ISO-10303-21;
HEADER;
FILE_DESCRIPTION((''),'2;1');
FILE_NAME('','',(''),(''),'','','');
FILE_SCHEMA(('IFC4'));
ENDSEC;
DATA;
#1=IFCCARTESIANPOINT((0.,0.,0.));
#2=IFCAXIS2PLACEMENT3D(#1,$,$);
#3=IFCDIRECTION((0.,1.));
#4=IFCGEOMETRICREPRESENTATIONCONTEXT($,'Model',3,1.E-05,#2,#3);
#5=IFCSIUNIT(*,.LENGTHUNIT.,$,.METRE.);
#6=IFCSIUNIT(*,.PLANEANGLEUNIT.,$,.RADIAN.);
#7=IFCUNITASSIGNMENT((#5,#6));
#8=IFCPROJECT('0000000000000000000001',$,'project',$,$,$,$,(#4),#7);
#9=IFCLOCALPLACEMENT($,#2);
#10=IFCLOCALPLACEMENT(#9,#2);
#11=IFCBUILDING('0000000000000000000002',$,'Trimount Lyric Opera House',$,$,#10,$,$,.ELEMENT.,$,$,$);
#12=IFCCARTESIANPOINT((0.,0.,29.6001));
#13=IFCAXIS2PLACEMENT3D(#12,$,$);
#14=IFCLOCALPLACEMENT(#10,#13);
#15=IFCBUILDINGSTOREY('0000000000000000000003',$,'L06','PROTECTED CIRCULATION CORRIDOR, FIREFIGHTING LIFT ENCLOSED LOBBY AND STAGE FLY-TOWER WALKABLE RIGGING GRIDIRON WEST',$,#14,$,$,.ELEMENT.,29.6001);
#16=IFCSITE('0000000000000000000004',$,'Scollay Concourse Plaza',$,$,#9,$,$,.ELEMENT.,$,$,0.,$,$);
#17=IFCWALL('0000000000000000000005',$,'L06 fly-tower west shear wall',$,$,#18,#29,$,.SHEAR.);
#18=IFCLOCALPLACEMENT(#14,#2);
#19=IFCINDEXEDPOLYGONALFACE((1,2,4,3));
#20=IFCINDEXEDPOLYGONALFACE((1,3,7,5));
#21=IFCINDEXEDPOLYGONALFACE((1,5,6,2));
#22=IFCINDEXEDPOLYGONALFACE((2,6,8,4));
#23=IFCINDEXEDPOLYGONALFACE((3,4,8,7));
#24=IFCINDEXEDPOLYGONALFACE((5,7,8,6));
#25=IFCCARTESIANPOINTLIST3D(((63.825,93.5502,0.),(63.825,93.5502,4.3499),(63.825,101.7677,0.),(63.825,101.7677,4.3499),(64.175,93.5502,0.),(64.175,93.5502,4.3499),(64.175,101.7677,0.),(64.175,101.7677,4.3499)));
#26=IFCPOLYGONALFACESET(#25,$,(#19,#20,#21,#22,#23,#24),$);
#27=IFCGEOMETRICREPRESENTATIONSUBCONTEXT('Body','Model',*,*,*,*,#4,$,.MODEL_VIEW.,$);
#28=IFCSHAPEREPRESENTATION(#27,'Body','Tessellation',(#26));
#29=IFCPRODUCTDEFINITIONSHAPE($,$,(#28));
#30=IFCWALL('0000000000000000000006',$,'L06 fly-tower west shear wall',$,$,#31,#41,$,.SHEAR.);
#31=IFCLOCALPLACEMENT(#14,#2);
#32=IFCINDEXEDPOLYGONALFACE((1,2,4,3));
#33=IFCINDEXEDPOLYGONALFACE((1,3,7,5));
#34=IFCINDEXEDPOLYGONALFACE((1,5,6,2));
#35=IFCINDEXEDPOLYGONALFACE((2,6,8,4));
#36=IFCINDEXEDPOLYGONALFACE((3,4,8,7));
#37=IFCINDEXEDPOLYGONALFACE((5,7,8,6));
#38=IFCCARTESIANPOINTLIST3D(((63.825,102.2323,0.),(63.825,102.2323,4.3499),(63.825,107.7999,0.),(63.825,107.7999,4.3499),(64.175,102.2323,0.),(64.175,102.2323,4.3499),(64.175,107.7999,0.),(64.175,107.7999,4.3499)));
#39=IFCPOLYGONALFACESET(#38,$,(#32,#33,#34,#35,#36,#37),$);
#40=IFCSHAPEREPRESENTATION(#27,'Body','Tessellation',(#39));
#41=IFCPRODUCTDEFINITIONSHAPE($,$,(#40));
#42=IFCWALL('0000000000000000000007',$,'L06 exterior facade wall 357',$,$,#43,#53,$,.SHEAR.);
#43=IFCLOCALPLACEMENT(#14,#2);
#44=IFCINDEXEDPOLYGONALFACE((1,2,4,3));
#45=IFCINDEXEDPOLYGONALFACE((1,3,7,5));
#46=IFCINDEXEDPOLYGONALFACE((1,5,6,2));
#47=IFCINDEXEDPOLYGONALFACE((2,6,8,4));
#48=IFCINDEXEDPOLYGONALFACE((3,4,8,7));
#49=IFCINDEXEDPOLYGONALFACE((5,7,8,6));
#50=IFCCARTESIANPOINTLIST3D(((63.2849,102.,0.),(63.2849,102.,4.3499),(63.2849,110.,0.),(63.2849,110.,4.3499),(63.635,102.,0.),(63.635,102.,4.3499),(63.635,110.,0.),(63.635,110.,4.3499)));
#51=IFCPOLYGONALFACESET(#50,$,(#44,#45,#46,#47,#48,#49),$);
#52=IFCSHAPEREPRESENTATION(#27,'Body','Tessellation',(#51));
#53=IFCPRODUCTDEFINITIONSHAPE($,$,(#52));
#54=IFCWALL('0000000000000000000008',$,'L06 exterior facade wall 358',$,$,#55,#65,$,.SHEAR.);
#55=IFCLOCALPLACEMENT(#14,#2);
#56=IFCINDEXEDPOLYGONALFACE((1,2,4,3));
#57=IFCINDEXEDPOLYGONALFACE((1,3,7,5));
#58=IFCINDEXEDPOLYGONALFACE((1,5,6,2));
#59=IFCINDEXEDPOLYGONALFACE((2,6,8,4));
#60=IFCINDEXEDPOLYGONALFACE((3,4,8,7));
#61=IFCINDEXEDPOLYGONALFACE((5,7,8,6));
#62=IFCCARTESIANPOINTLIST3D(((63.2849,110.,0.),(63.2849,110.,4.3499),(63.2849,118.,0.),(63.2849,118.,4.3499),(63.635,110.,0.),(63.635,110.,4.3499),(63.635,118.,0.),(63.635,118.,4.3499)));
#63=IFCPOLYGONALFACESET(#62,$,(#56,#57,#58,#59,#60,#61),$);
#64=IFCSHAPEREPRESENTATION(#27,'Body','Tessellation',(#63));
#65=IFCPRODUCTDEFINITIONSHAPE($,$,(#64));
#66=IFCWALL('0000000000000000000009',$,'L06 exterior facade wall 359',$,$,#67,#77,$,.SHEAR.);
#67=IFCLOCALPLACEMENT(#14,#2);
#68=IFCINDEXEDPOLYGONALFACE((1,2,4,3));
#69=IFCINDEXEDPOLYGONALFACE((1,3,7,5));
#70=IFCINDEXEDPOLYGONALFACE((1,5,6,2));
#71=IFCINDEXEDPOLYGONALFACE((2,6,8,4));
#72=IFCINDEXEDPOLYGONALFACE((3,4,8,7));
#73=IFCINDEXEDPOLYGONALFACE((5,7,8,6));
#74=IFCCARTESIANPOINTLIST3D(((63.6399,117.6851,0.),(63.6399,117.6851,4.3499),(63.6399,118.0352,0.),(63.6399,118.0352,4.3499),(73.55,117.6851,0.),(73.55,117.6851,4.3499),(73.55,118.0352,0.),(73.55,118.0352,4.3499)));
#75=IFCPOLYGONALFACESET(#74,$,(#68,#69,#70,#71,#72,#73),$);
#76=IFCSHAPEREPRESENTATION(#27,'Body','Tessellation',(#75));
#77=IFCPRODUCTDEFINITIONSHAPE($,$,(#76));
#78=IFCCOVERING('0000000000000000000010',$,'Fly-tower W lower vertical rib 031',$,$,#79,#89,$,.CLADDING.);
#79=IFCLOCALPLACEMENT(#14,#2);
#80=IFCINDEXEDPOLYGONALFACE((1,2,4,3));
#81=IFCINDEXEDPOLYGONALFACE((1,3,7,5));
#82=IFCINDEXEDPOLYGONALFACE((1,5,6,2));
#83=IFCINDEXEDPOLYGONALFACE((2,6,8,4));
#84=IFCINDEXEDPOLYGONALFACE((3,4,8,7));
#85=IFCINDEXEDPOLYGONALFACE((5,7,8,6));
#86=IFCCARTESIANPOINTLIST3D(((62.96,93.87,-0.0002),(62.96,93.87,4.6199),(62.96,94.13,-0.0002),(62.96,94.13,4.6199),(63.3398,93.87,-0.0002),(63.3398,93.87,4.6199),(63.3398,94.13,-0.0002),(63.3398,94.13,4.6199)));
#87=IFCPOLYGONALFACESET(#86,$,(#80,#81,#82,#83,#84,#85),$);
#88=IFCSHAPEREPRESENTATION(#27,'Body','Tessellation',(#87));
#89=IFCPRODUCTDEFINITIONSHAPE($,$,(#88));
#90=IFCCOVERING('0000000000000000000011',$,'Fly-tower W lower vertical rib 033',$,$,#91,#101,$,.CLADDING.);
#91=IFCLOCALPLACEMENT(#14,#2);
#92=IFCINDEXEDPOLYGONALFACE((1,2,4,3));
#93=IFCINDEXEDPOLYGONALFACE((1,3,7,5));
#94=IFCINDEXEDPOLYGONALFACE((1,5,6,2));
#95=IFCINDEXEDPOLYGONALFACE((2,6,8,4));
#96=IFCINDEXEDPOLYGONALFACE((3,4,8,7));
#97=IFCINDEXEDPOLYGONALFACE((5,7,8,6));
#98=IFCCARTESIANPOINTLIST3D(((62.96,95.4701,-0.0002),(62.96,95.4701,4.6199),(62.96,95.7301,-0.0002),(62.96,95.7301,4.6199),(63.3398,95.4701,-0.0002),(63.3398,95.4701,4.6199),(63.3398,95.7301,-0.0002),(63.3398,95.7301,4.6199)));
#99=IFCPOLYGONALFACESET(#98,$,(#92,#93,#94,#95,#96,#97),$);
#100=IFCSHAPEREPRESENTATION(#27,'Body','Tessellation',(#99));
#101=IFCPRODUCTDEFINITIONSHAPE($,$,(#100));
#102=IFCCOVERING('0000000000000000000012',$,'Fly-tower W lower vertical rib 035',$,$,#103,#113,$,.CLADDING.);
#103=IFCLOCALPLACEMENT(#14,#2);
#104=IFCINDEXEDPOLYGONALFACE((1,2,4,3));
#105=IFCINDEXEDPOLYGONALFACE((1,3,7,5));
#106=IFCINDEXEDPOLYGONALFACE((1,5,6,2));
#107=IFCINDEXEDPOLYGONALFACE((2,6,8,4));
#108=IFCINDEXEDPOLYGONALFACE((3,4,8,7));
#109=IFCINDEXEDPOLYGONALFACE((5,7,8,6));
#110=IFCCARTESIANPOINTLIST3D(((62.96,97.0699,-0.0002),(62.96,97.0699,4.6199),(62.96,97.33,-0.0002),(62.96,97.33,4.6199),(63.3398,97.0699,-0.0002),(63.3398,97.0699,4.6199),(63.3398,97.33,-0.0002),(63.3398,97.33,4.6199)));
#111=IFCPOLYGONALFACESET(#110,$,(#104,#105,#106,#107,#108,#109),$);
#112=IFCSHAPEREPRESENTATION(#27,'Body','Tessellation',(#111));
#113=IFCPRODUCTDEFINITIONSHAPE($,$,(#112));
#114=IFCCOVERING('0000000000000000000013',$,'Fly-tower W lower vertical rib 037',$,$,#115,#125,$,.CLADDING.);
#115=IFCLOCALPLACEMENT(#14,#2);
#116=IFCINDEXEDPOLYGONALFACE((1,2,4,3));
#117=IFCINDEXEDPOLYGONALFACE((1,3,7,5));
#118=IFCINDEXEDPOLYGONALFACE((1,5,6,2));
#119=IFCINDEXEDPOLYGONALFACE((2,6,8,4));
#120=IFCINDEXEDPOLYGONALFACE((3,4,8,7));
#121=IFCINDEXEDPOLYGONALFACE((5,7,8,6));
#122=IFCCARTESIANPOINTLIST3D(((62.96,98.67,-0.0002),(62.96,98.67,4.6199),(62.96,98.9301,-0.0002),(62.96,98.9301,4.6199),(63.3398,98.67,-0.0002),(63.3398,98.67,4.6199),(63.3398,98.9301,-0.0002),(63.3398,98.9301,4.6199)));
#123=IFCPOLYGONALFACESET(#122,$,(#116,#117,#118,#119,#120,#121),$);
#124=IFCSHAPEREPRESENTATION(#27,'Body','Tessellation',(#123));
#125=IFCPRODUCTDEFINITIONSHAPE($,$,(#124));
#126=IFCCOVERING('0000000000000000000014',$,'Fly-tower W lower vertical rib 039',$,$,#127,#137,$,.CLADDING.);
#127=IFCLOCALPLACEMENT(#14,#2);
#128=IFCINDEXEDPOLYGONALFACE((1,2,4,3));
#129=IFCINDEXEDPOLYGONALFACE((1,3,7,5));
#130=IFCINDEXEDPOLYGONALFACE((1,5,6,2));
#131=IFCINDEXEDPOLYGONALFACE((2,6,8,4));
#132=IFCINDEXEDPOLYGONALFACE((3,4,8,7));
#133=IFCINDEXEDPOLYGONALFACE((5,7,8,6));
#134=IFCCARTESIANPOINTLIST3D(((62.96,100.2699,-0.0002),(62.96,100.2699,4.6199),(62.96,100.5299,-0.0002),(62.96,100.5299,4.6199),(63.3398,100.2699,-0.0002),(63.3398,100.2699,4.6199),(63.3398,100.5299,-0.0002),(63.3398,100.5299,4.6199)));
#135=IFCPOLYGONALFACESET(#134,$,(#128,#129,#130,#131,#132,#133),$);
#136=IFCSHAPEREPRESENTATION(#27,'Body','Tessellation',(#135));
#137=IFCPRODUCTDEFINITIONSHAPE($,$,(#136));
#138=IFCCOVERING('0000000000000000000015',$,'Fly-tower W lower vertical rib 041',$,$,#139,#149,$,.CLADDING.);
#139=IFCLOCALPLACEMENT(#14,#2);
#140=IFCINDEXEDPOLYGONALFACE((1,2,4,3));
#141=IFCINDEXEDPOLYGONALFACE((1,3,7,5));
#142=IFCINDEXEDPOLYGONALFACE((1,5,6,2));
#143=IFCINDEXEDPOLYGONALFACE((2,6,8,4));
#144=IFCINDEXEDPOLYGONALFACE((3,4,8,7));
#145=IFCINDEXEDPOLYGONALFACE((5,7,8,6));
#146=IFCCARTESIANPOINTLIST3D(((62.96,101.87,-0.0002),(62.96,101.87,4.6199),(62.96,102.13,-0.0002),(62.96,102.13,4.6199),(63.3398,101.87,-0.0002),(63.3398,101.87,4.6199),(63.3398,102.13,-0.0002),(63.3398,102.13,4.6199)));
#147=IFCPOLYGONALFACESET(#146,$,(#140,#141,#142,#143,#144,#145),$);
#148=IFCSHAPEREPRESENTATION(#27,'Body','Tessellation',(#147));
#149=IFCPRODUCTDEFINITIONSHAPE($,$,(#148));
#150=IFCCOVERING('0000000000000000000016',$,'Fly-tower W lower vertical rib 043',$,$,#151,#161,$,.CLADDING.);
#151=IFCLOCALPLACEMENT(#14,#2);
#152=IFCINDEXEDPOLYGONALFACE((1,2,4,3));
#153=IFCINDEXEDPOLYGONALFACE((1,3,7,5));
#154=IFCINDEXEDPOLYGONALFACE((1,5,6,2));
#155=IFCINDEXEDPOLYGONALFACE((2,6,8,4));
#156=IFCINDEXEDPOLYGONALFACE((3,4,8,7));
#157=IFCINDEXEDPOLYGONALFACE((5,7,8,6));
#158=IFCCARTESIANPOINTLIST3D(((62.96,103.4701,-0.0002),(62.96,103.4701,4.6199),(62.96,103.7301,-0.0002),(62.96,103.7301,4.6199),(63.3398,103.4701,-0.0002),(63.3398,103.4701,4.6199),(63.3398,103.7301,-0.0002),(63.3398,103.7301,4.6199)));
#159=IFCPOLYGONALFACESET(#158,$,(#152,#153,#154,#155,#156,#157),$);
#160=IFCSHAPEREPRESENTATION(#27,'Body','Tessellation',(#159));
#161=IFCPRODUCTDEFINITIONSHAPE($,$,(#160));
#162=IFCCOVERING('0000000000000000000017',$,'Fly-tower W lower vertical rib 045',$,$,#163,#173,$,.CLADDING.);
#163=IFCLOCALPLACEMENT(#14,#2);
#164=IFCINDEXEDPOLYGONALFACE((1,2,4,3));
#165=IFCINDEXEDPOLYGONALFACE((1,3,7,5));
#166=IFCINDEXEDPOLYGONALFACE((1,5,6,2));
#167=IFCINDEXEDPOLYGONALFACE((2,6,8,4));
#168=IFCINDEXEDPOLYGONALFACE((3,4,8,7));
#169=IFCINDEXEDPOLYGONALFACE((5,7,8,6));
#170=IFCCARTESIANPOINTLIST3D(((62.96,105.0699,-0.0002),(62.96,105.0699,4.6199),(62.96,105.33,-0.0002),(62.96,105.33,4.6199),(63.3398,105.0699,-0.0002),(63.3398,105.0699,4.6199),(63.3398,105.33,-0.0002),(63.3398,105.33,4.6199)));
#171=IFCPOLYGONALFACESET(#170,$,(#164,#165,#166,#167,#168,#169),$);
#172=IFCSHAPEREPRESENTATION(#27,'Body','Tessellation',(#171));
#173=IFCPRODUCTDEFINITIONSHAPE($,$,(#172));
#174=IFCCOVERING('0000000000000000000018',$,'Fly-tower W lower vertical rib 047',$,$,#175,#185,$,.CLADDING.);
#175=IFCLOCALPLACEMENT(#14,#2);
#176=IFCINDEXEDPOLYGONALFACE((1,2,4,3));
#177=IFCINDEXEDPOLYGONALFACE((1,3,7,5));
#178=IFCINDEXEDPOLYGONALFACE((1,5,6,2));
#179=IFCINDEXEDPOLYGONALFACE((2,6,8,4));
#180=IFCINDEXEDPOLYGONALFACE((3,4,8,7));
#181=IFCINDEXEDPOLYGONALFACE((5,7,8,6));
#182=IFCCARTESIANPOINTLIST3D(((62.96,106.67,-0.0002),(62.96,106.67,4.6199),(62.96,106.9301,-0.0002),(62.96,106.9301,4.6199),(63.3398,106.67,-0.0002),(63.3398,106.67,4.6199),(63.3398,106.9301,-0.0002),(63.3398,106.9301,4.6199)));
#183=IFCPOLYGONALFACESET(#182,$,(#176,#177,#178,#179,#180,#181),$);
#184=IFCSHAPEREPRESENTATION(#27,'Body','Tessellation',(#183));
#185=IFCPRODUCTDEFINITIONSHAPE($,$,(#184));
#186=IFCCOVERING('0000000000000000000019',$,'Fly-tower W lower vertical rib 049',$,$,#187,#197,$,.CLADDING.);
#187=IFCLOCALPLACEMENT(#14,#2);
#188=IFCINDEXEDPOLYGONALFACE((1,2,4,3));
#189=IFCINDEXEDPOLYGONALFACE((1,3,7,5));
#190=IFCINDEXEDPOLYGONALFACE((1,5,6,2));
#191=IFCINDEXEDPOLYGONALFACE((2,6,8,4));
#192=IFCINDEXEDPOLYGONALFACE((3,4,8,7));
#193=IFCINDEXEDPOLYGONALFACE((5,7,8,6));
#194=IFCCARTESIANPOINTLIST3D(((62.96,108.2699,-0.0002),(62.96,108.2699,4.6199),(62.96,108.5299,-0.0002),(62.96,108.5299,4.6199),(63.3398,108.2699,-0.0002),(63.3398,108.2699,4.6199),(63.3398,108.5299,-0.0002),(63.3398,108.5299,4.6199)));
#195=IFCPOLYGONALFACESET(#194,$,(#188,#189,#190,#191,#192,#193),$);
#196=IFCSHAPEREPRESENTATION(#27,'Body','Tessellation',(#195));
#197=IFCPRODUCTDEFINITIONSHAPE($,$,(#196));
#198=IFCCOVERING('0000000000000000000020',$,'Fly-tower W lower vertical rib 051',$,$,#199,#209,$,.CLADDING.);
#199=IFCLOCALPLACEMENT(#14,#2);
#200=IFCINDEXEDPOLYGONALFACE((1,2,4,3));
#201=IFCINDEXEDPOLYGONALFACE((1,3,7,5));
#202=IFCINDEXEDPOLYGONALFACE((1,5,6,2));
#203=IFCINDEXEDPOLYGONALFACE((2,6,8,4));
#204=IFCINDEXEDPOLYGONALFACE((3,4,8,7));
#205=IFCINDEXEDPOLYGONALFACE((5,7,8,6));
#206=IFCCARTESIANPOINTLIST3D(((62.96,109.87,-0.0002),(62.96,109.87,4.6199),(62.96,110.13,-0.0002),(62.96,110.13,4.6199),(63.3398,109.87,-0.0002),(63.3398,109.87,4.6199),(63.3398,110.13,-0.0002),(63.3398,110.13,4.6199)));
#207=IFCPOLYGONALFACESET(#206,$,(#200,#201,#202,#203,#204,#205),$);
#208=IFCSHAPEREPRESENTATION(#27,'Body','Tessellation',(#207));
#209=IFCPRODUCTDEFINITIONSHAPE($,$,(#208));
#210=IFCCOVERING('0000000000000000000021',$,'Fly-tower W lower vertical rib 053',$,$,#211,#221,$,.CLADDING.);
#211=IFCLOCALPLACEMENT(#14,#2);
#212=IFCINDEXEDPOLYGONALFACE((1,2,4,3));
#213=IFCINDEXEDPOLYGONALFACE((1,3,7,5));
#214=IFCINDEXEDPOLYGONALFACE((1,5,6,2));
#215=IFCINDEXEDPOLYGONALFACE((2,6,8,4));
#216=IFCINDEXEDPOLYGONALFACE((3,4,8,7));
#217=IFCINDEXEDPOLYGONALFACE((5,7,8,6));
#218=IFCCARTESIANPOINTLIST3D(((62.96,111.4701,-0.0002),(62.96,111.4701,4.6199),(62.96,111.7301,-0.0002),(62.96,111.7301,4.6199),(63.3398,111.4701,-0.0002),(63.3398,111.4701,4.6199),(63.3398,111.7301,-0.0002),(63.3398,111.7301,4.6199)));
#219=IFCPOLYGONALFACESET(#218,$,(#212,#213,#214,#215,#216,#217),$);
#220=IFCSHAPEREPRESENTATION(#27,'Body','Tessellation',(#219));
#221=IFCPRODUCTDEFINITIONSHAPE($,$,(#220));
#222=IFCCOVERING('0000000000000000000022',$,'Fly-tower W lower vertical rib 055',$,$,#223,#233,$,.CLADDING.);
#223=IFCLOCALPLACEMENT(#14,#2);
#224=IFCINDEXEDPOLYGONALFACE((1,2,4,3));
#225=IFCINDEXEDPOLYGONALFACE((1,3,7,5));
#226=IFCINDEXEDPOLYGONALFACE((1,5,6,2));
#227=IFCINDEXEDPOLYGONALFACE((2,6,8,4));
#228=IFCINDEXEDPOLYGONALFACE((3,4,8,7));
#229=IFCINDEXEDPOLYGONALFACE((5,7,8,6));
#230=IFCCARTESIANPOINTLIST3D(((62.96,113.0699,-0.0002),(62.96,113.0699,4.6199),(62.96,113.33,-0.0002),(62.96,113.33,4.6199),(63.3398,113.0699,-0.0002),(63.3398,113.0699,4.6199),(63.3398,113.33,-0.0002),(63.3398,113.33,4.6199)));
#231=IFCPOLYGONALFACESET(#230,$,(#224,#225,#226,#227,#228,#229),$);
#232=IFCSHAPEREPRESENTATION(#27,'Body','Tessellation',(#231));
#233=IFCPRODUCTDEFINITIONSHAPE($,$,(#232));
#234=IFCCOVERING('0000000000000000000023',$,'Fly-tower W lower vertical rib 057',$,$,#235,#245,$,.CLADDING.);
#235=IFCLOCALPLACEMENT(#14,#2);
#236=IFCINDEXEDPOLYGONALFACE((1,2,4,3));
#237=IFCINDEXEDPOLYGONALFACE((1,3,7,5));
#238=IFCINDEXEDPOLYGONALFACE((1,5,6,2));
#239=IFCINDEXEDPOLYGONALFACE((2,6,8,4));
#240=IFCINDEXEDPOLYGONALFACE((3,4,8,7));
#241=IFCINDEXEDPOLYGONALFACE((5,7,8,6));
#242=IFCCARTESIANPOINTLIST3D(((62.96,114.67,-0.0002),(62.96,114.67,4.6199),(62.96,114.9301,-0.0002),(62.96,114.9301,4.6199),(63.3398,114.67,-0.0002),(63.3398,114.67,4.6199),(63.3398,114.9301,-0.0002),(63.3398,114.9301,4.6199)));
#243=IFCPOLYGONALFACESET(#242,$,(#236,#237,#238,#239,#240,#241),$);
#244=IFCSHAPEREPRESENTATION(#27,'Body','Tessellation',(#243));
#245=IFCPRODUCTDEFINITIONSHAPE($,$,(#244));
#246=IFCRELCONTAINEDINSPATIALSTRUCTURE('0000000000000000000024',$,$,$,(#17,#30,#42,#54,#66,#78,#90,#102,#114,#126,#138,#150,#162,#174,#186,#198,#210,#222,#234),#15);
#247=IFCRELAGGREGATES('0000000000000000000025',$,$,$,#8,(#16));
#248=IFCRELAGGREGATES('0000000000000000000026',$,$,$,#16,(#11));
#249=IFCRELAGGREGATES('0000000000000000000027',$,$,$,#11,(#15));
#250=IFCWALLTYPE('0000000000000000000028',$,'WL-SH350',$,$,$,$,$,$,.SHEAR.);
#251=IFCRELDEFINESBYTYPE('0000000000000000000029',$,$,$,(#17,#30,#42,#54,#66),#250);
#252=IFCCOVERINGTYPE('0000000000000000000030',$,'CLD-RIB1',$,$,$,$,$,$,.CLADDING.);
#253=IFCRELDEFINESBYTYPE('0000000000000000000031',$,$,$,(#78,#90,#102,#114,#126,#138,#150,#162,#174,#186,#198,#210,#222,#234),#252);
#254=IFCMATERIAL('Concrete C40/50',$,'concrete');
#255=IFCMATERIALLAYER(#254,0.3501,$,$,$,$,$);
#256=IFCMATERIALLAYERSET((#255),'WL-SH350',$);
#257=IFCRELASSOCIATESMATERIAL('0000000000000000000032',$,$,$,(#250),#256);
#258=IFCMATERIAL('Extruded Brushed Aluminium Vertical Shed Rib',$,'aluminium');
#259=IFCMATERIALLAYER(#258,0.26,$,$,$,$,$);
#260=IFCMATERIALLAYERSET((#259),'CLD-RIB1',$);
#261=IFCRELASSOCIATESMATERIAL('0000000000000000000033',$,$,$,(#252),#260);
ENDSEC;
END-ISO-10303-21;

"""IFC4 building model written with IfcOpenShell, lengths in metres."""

from ifc_helpers import new_model, si_unit, direction, frame, frame_2d, origin, origin_2d, place, context, subcontext, project, spatial, rectangle, extrude, material, layer, layer_set, type_object, element, save


model = new_model("IFC4")

# Units and contexts
model_context = context("Model", 3, precision=1e-05, world=origin(), true_north=direction((0.0, 1.0)))
body_context = subcontext(model_context, "Body", "Model", "MODEL_VIEW")
ifc_project = project(units=[si_unit("LENGTHUNIT", "METRE"), si_unit("PLANEANGLEUNIT", "RADIAN")], contexts=[model_context])

# Site, building, storey
site_placement = place(None, origin())
site = spatial("IfcSite", under=ifc_project, at=site_placement, Name="Scollay Concourse Plaza", CompositionType="ELEMENT", RefElevation=0.0)
building_placement = place(site_placement, origin())
building = spatial("IfcBuilding", under=site, at=building_placement, Name="Trimount Lyric Opera House", CompositionType="ELEMENT")
storey_placement = place(building_placement, frame((0.0, 0.0, 29.6001)))
storey = spatial("IfcBuildingStorey", under=building, at=storey_placement, Name="L06", Description="PROTECTED CIRCULATION CORRIDOR, FIREFIGHTING LIFT ENCLOSED LOBBY AND STAGE FLY-TOWER WALKABLE RIGGING GRIDIRON WEST", CompositionType="ELEMENT", Elevation=29.6001)

# Walls
ifc_material_1 = material(Name="Concrete C40/50", Category="concrete")
ifc_layer_1 = layer(ifc_material_1, 0.3501)
ifc_layer_set_1 = layer_set([ifc_layer_1], Name="WL-SH350")
wall_type_1 = type_object("IfcWallType", Name="WL-SH350", PredefinedType="SHEAR", material=ifc_layer_set_1)
wall_1_placement = place(storey_placement, frame((64.0, 93.55, 0.0), z_axis=(0.0, 0.0, 1.0), x_axis=(0.0, 1.0, 0.0)))
element("IfcWall", 1, at=wall_1_placement, inside=storey, type_object=wall_type_1, Name="L06 fly-tower west shear wall", PredefinedType="SHEAR", context=body_context, shape_type="SweptSolid", body=[
    extrude(rectangle(XDim=8.2175, YDim=0.3501, at=frame_2d((4.1089, 0.0))), origin(), (0.0, 0.0, 1.0), 4.3499),
])
wall_2_placement = place(storey_placement, frame((64.0, 102.2324, 0.0), z_axis=(0.0, 0.0, 1.0), x_axis=(0.0, 1.0, 0.0)))
element("IfcWall", 2, at=wall_2_placement, inside=storey, type_object=wall_type_1, Name="L06 fly-tower west shear wall", PredefinedType="SHEAR", context=body_context, shape_type="SweptSolid", body=[
    extrude(rectangle(XDim=5.5676, YDim=0.3501, at=frame_2d((2.7837, 0.0))), origin(), (0.0, 0.0, 1.0), 4.3499),
])
for number, where, z_axis, x_axis, name in (
    (3, (63.46, 102.0, 0.0), (0.0, 0.0, 1.0), (0.0, 1.0, 0.0), "L06 exterior facade wall 357"),
    (4, (63.46, 110.0, 0.0), (0.0, 0.0, 1.0), (0.0, 1.0, 0.0), "L06 exterior facade wall 358"),
):
    element("IfcWall", number, at=place(storey_placement, frame(where, z_axis=z_axis, x_axis=x_axis)), inside=storey, type_object=wall_type_1, Name=name, PredefinedType="SHEAR", context=body_context, shape_type="SweptSolid", body=[
        extrude(rectangle(XDim=8.0, YDim=0.3501, at=frame_2d((4.0, 0.0))), origin(), (0.0, 0.0, 1.0), 4.3499),
    ])
wall_3_placement = place(storey_placement, frame((63.6399, 117.8601, 0.0), z_axis=(0.0, 0.0, 1.0), x_axis=(1.0, 0.0, 0.0)))
element("IfcWall", 5, at=wall_3_placement, inside=storey, type_object=wall_type_1, Name="L06 exterior facade wall 359", PredefinedType="SHEAR", context=body_context, shape_type="SweptSolid", body=[
    extrude(rectangle(XDim=9.9102, YDim=0.3501, at=frame_2d((4.9551, 0.0))), origin(), (0.0, 0.0, 1.0), 4.3499),
])

# Coverings
ifc_material_2 = material(Name="Extruded Brushed Aluminium Vertical Shed Rib", Category="aluminium")
ifc_layer_2 = layer(ifc_material_2, 0.26)
ifc_layer_set_2 = layer_set([ifc_layer_2], Name="CLD-RIB1")
covering_type = type_object("IfcCoveringType", Name="CLD-RIB1", PredefinedType="CLADDING", material=ifc_layer_set_2)
for number, where, z_axis, x_axis, name in (
    (6, (63.1499, 94.0, -0.0002), (0.0, 0.0, 1.0), (1.0, 0.0, 0.0), "Fly-tower W lower vertical rib 031"),
    (7, (63.1499, 95.6001, -0.0002), (0.0, 0.0, 1.0), (1.0, 0.0, 0.0), "Fly-tower W lower vertical rib 033"),
    (8, (63.1499, 97.2, -0.0002), (0.0, 0.0, 1.0), (1.0, 0.0, 0.0), "Fly-tower W lower vertical rib 035"),
    (9, (63.1499, 98.8, -0.0002), (0.0, 0.0, 1.0), (1.0, 0.0, 0.0), "Fly-tower W lower vertical rib 037"),
    (10, (63.1499, 100.3999, -0.0002), (0.0, 0.0, 1.0), (1.0, 0.0, 0.0), "Fly-tower W lower vertical rib 039"),
    (11, (63.1499, 102.0, -0.0002), (0.0, 0.0, 1.0), (1.0, 0.0, 0.0), "Fly-tower W lower vertical rib 041"),
    (12, (63.1499, 103.6001, -0.0002), (0.0, 0.0, 1.0), (1.0, 0.0, 0.0), "Fly-tower W lower vertical rib 043"),
    (13, (63.1499, 105.2, -0.0002), (0.0, 0.0, 1.0), (1.0, 0.0, 0.0), "Fly-tower W lower vertical rib 045"),
    (14, (63.1499, 106.8, -0.0002), (0.0, 0.0, 1.0), (1.0, 0.0, 0.0), "Fly-tower W lower vertical rib 047"),
    (15, (63.1499, 108.3999, -0.0002), (0.0, 0.0, 1.0), (1.0, 0.0, 0.0), "Fly-tower W lower vertical rib 049"),
    (16, (63.1499, 110.0, -0.0002), (0.0, 0.0, 1.0), (1.0, 0.0, 0.0), "Fly-tower W lower vertical rib 051"),
    (17, (63.1499, 111.6001, -0.0002), (0.0, 0.0, 1.0), (1.0, 0.0, 0.0), "Fly-tower W lower vertical rib 053"),
    (18, (63.1499, 113.2, -0.0002), (0.0, 0.0, 1.0), (1.0, 0.0, 0.0), "Fly-tower W lower vertical rib 055"),
    (19, (63.1499, 114.8, -0.0002), (0.0, 0.0, 1.0), (1.0, 0.0, 0.0), "Fly-tower W lower vertical rib 057"),
):
    element("IfcCovering", number, at=place(storey_placement, frame(where, z_axis=z_axis, x_axis=x_axis)), inside=storey, type_object=covering_type, Name=name, PredefinedType="CLADDING", context=body_context, shape_type="SweptSolid", body=[
        extrude(rectangle(XDim=0.3799, YDim=0.26, at=origin_2d()), origin(), (0.0, 0.0, 1.0), 4.6201),
    ])

save(model, "model.ifc")
